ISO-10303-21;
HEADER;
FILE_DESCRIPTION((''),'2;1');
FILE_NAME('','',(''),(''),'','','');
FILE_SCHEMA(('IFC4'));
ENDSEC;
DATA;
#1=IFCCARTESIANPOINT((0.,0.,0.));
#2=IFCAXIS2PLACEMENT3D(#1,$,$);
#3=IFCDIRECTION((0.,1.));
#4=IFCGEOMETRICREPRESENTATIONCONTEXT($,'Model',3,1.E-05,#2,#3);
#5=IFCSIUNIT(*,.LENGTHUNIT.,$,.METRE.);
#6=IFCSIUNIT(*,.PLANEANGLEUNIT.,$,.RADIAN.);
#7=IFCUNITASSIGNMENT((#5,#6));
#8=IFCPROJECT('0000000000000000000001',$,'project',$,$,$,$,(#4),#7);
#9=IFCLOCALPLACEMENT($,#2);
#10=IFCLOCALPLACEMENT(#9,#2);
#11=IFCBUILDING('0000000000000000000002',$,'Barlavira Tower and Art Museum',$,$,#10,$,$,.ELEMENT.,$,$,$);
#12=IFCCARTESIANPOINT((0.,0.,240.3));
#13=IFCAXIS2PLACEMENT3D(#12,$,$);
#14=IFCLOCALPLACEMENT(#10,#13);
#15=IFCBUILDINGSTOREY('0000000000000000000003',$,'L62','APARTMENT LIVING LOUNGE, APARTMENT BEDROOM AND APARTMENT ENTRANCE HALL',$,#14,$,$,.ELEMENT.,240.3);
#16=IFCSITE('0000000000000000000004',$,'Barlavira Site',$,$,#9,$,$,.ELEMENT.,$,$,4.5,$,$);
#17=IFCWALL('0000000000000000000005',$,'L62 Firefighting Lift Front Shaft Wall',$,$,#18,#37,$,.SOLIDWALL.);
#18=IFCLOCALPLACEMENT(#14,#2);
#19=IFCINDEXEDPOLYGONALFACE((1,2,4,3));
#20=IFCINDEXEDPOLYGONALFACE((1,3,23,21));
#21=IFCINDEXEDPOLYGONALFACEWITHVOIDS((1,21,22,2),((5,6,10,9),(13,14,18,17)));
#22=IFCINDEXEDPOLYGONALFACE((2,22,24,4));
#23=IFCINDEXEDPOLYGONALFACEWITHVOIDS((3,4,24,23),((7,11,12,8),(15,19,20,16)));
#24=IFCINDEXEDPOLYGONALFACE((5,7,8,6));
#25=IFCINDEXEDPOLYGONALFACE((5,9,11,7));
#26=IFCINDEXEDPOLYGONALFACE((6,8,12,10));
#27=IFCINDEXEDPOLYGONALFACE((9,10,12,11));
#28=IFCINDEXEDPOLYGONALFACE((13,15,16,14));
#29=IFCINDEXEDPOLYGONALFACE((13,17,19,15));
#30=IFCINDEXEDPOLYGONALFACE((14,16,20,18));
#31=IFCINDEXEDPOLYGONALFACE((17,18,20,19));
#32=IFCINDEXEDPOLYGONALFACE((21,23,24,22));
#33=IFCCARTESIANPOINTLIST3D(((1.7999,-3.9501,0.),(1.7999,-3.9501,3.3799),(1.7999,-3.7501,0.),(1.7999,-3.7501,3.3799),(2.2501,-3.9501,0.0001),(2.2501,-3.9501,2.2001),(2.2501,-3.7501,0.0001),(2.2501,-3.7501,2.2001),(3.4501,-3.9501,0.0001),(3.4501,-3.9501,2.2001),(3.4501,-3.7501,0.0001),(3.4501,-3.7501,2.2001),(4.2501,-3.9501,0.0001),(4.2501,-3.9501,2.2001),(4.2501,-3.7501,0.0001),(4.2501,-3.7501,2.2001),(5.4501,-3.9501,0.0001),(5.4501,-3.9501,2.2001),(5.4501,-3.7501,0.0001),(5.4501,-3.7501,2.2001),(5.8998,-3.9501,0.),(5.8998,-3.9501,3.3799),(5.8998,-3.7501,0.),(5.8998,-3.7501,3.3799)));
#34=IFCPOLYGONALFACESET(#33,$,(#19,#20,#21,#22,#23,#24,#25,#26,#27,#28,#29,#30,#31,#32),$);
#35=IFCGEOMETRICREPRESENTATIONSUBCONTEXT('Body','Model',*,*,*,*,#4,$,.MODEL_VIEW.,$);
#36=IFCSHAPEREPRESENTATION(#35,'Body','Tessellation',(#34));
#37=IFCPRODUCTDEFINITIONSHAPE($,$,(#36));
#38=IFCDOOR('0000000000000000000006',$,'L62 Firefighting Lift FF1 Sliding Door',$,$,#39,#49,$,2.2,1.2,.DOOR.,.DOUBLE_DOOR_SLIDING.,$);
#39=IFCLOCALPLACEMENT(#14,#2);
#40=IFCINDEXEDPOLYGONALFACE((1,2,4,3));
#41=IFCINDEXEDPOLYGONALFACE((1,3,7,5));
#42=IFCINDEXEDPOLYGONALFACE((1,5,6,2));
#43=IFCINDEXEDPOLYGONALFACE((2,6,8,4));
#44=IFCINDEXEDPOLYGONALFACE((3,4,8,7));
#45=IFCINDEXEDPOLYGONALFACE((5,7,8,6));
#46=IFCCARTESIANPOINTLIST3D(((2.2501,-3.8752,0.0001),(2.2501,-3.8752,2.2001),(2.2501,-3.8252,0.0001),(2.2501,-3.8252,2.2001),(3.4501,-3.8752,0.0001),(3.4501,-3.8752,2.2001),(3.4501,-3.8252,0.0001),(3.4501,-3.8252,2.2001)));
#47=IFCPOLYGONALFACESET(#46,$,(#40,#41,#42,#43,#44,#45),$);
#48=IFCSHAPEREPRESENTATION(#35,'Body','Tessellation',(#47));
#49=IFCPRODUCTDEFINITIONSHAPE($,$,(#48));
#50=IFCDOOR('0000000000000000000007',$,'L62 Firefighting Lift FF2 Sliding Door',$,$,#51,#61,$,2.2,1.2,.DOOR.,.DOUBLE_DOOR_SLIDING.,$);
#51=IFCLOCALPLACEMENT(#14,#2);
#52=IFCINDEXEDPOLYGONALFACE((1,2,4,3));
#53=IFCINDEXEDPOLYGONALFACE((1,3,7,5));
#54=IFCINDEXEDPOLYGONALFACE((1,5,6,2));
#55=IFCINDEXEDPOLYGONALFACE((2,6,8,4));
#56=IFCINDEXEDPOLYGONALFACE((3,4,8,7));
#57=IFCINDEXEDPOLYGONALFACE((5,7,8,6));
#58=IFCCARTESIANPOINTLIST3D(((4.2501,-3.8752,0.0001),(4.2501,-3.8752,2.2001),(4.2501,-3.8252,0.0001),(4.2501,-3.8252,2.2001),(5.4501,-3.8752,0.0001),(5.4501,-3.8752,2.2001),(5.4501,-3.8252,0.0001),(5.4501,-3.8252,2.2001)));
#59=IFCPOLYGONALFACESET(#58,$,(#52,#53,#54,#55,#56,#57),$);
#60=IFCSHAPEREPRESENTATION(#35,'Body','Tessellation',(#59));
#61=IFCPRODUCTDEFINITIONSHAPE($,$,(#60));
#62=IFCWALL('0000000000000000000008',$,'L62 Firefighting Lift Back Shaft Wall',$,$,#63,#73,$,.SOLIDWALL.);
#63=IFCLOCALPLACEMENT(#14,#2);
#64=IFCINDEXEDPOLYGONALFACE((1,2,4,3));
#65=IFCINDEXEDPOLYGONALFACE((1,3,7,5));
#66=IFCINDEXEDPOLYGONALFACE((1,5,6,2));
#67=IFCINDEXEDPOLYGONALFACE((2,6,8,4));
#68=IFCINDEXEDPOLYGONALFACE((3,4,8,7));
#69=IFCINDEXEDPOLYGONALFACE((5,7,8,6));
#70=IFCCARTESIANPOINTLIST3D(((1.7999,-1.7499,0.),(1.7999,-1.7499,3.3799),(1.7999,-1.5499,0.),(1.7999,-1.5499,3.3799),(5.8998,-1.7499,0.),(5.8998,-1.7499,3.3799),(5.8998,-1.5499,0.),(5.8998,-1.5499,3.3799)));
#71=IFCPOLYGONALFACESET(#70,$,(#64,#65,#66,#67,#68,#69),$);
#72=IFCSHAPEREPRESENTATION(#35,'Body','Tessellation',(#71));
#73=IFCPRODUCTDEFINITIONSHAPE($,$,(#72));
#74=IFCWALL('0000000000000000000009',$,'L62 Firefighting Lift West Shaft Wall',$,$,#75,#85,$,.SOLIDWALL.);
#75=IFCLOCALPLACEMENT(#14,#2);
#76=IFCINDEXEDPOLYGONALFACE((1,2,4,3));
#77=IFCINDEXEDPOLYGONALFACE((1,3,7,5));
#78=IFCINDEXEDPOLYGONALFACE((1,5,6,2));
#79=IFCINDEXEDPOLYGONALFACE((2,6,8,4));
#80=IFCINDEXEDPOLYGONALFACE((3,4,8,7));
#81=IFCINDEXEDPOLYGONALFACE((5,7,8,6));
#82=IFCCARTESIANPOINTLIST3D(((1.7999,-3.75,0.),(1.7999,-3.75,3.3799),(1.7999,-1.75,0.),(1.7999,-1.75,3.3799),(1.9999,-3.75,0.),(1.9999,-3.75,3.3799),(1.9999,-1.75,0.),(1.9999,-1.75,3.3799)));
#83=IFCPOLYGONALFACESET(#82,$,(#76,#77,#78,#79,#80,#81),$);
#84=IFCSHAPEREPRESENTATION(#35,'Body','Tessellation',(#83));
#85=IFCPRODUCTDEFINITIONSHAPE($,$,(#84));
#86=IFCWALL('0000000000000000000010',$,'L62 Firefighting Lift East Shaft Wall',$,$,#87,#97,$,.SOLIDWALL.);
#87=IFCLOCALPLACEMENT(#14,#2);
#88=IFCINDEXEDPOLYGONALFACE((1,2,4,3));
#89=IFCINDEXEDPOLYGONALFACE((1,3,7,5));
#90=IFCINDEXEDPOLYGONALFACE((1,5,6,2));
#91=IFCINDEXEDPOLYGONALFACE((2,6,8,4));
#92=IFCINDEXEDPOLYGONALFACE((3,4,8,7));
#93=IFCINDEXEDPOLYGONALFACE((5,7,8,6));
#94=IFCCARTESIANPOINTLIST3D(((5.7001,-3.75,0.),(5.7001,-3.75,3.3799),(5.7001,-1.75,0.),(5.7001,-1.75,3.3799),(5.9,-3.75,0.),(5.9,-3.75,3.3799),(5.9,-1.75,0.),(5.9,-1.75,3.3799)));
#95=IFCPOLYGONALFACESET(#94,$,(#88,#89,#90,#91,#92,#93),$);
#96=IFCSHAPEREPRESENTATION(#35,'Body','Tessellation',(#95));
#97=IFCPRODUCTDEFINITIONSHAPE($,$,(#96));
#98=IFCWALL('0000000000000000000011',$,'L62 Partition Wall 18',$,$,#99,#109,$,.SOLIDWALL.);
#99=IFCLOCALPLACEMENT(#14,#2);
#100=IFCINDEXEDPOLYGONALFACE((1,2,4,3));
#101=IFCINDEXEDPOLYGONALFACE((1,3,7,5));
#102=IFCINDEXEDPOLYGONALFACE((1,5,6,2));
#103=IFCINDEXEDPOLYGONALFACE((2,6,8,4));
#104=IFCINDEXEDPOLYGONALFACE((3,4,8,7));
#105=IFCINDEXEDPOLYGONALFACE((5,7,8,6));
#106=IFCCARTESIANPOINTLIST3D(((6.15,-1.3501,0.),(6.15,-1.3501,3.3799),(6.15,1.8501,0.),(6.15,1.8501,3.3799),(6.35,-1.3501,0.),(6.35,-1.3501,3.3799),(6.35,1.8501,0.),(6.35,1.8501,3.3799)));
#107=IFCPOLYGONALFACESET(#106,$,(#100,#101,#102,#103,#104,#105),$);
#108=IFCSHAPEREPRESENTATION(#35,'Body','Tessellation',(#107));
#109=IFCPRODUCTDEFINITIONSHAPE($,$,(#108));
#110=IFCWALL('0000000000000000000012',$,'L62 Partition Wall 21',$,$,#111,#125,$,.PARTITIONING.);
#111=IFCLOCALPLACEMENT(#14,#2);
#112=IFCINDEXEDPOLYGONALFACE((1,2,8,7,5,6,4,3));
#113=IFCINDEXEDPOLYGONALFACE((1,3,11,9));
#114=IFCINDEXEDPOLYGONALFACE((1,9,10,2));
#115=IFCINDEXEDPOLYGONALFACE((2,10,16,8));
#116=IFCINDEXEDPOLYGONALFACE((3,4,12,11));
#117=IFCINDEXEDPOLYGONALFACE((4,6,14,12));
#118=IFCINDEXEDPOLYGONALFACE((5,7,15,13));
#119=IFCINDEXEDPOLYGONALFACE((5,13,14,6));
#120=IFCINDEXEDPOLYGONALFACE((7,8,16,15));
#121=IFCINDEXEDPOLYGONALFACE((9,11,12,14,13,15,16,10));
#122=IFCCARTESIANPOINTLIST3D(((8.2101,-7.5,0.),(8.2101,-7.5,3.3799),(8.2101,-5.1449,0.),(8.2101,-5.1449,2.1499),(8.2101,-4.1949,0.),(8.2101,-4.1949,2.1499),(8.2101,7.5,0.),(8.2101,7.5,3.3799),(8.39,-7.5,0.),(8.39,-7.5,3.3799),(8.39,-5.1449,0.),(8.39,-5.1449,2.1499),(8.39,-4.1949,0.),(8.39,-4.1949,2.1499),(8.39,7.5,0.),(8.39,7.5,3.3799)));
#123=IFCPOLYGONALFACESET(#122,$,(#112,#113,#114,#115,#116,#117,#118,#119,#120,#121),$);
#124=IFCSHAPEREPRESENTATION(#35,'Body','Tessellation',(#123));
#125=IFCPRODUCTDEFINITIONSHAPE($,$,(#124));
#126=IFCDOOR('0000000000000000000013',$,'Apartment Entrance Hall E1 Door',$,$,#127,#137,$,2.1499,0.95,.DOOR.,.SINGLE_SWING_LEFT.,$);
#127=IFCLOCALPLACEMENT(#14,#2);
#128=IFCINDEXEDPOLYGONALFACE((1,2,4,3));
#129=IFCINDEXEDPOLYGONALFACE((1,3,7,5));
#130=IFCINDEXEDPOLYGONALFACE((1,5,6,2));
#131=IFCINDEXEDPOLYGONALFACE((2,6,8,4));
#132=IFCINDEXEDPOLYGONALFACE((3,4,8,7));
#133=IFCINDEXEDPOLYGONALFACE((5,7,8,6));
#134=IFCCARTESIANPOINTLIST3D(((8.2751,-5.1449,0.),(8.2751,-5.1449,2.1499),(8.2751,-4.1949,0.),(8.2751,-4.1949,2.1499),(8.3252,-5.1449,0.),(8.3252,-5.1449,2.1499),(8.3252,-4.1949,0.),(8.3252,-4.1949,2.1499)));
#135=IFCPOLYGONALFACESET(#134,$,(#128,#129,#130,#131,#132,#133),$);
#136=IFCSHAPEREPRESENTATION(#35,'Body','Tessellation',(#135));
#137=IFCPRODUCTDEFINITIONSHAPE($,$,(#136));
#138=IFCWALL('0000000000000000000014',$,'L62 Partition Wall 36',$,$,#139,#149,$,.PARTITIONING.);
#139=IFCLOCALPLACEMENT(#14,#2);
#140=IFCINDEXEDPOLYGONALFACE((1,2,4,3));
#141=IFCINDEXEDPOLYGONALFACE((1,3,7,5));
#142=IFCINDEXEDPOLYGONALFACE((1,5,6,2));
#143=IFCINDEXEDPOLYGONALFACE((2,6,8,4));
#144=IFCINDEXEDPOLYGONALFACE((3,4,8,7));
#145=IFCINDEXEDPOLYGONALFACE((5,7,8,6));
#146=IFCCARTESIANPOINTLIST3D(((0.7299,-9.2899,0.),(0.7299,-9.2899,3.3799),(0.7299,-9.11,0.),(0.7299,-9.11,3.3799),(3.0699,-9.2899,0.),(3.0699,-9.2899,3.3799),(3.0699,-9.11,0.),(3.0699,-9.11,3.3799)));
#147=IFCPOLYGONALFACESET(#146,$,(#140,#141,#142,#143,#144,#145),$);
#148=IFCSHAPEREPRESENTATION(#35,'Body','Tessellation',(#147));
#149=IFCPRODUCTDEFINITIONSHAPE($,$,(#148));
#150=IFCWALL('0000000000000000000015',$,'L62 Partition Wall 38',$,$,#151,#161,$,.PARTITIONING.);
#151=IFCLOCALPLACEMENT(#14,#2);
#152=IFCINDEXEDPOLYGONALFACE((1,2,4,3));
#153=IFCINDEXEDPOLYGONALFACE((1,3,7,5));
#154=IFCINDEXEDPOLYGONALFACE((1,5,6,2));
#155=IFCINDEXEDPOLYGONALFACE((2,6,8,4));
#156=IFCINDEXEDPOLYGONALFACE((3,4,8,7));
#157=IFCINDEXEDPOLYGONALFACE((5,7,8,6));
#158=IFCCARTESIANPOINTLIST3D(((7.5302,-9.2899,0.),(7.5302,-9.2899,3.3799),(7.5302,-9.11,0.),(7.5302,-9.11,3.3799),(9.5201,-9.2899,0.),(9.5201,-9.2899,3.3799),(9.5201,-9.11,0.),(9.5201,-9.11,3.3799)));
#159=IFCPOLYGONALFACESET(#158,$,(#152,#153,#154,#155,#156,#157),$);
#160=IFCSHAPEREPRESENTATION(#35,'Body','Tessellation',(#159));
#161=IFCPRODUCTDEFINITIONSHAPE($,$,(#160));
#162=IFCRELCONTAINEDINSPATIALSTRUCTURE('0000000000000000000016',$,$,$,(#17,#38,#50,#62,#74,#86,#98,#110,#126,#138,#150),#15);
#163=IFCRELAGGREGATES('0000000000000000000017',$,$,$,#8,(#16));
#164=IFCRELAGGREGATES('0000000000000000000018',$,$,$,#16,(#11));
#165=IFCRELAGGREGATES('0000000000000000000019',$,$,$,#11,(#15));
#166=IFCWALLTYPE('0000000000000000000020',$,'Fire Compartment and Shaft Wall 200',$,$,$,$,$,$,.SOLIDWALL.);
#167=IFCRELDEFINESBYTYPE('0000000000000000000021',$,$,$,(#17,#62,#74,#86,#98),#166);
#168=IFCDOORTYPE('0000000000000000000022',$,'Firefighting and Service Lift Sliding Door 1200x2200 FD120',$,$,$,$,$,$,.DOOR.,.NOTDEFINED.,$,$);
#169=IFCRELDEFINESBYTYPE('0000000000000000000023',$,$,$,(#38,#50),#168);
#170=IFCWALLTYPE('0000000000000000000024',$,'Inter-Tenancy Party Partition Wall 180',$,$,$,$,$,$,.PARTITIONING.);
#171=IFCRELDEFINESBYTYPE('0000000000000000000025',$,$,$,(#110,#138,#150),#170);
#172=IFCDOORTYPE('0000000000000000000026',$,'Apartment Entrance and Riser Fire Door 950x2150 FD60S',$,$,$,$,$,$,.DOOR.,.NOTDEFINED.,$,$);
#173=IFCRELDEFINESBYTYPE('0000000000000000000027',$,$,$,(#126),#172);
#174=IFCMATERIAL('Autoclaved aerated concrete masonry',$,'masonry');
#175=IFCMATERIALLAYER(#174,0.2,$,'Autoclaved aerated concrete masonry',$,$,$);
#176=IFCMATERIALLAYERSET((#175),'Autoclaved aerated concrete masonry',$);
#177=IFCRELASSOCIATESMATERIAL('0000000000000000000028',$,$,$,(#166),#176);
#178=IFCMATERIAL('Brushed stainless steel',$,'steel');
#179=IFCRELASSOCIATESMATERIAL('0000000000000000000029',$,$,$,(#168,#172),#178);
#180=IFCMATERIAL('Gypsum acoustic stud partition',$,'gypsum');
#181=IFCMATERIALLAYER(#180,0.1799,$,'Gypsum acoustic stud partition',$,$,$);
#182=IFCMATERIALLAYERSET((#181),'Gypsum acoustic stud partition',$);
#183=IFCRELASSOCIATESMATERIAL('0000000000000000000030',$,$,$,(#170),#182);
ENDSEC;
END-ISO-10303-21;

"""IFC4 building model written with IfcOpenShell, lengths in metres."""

from ifc_helpers import new_model, si_unit, direction, frame, frame_2d, origin, place, context, subcontext, project, spatial, rectangle, extrude, material, layer, layer_set, type_object, element, fill, save


model = new_model("IFC4")

# Units and contexts
model_context = context("Model", 3, precision=1e-05, world=origin(), true_north=direction((0.0, 1.0)))
body_context = subcontext(model_context, "Body", "Model", "MODEL_VIEW")
ifc_project = project(units=[si_unit("LENGTHUNIT", "METRE"), si_unit("PLANEANGLEUNIT", "RADIAN")], contexts=[model_context])

# Site, building, storey
site_placement = place(None, origin())
site = spatial("IfcSite", under=ifc_project, at=site_placement, Name="Barlavira Site", CompositionType="ELEMENT", RefElevation=4.5)
building_placement = place(site_placement, origin())
building = spatial("IfcBuilding", under=site, at=building_placement, Name="Barlavira Tower and Art Museum", CompositionType="ELEMENT")
storey_placement = place(building_placement, frame((0.0, 0.0, 240.3)))
storey = spatial("IfcBuildingStorey", under=building, at=storey_placement, Name="L62", Description="APARTMENT LIVING LOUNGE, APARTMENT BEDROOM AND APARTMENT ENTRANCE HALL", CompositionType="ELEMENT", Elevation=240.3)

# Shared definitions
ifc_material_1 = material(Name="Brushed stainless steel", Category="steel")

# Wall, openings, doors
ifc_material_2 = material(Name="Autoclaved aerated concrete masonry", Category="masonry")
ifc_layer_1 = layer(ifc_material_2, 0.2, Name="Autoclaved aerated concrete masonry")
ifc_layer_set_1 = layer_set([ifc_layer_1], Name="Autoclaved aerated concrete masonry")
wall_type_1 = type_object("IfcWallType", Name="Fire Compartment and Shaft Wall 200", PredefinedType="SOLIDWALL", material=ifc_layer_set_1)
wall_1_placement = place(storey_placement, frame((1.8, -3.8501, 0.0), z_axis=(0.0, 0.0, 1.0), x_axis=(1.0, 0.0, 0.0)))
wall_1 = element("IfcWall", 1, at=wall_1_placement, inside=storey, type_object=wall_type_1, Name="L62 Firefighting Lift Front Shaft Wall", PredefinedType="SOLIDWALL", context=body_context, shape_type="SweptSolid", body=[
    extrude(rectangle(XDim=4.0999, YDim=0.2, at=frame_2d((2.0498, 0.0))), origin(), (0.0, 0.0, 1.0), 3.3799),
])
opening_1_placement = place(wall_1_placement, frame((0.45, 0.0, 0.0)))
opening_1 = element("IfcOpeningElement", 2, at=opening_1_placement, cuts=wall_1, PredefinedType="OPENING", context=body_context, shape_type="SweptSolid", body=[
    extrude(rectangle(XDim=1.2, YDim=2.2, at=frame_2d((0.6001, 1.1001))), frame((0.0, 0.1099, 0.0), z_axis=(0.0, -1.0, 0.0), x_axis=(1.0, 0.0, 0.0)), (0.0, 0.0, 1.0), 0.22),
])
opening_2_placement = place(wall_1_placement, frame((2.45, 0.0, 0.0)))
opening_2 = element("IfcOpeningElement", 3, at=opening_2_placement, cuts=wall_1, PredefinedType="OPENING", context=body_context, shape_type="SweptSolid", body=[
    extrude(rectangle(XDim=1.2, YDim=2.2, at=frame_2d((0.6001, 1.1001))), frame((0.0, 0.1099, 0.0), z_axis=(0.0, -1.0, 0.0), x_axis=(1.0, 0.0, 0.0)), (0.0, 0.0, 1.0), 0.22),
])
door_type_1 = type_object("IfcDoorType", Name="Firefighting and Service Lift Sliding Door 1200x2200 FD120", OperationType="NOTDEFINED", PredefinedType="DOOR", material=ifc_material_1)
door_1_placement = place(opening_1_placement, origin())
door_1 = element("IfcDoor", 4, at=door_1_placement, inside=storey, type_object=door_type_1, Name="L62 Firefighting Lift FF1 Sliding Door", OperationType="DOUBLE_DOOR_SLIDING", OverallHeight=2.2, OverallWidth=1.2, PredefinedType="DOOR", context=body_context, shape_type="SweptSolid", body=[
    extrude(rectangle(XDim=1.2, YDim=2.2, at=frame_2d((0.6001, 1.1001))), frame((0.0, 0.0249, 0.0), z_axis=(0.0, -1.0, 0.0), x_axis=(1.0, 0.0, 0.0)), (0.0, 0.0, 1.0), 0.05),
])
fill(opening_1, door_1)
door_2_placement = place(opening_2_placement, origin())
door_2 = element("IfcDoor", 5, at=door_2_placement, inside=storey, type_object=door_type_1, Name="L62 Firefighting Lift FF2 Sliding Door", OperationType="DOUBLE_DOOR_SLIDING", OverallHeight=2.2, OverallWidth=1.2, PredefinedType="DOOR", context=body_context, shape_type="SweptSolid", body=[
    extrude(rectangle(XDim=1.2, YDim=2.2, at=frame_2d((0.6001, 1.1001))), frame((0.0, 0.0249, 0.0), z_axis=(0.0, -1.0, 0.0), x_axis=(1.0, 0.0, 0.0)), (0.0, 0.0, 1.0), 0.05),
])
fill(opening_2, door_2)

# Walls
wall_2_placement = place(storey_placement, frame((1.8, -1.6499, 0.0), z_axis=(0.0, 0.0, 1.0), x_axis=(1.0, 0.0, 0.0)))
element("IfcWall", 6, at=wall_2_placement, inside=storey, type_object=wall_type_1, Name="L62 Firefighting Lift Back Shaft Wall", PredefinedType="SOLIDWALL", context=body_context, shape_type="SweptSolid", body=[
    extrude(rectangle(XDim=4.0999, YDim=0.2, at=frame_2d((2.0498, 0.0))), origin(), (0.0, 0.0, 1.0), 3.3799),
])
for number, where, z_axis, x_axis, name in (
    (7, (1.8999, -3.75, 0.0), (0.0, 0.0, 1.0), (0.0, 1.0, 0.0), "L62 Firefighting Lift West Shaft Wall"),
    (8, (5.8, -3.75, 0.0), (0.0, 0.0, 1.0), (0.0, 1.0, 0.0), "L62 Firefighting Lift East Shaft Wall"),
):
    element("IfcWall", number, at=place(storey_placement, frame(where, z_axis=z_axis, x_axis=x_axis)), inside=storey, type_object=wall_type_1, Name=name, PredefinedType="SOLIDWALL", context=body_context, shape_type="SweptSolid", body=[
        extrude(rectangle(XDim=2.0, YDim=0.2, at=frame_2d((1.0, 0.0))), origin(), (0.0, 0.0, 1.0), 3.3799),
    ])

# Shared definitions
door_type_2 = type_object("IfcDoorType", Name="Apartment Entrance and Riser Fire Door 950x2150 FD60S", OperationType="NOTDEFINED", PredefinedType="DOOR", material=ifc_material_1)

# Wall
wall_3_placement = place(storey_placement, frame((6.25, -1.3501, 0.0), z_axis=(0.0, 0.0, 1.0), x_axis=(0.0, 1.0, 0.0)))
element("IfcWall", 9, at=wall_3_placement, inside=storey, type_object=wall_type_1, Name="L62 Partition Wall 18", PredefinedType="SOLIDWALL", context=body_context, shape_type="SweptSolid", body=[
    extrude(rectangle(XDim=3.2002, YDim=0.2, at=frame_2d((1.6001, 0.0))), origin(), (0.0, 0.0, 1.0), 3.3799),
])

# Wall, opening, door
ifc_material_3 = material(Name="Gypsum acoustic stud partition", Category="gypsum")
ifc_layer_2 = layer(ifc_material_3, 0.1799, Name="Gypsum acoustic stud partition")
ifc_layer_set_2 = layer_set([ifc_layer_2], Name="Gypsum acoustic stud partition")
wall_type_2 = type_object("IfcWallType", Name="Inter-Tenancy Party Partition Wall 180", PredefinedType="PARTITIONING", material=ifc_layer_set_2)
wall_4_placement = place(storey_placement, frame((8.3, -7.5, 0.0), z_axis=(0.0, 0.0, 1.0), x_axis=(0.0, 1.0, 0.0)))
wall_4 = element("IfcWall", 10, at=wall_4_placement, inside=storey, type_object=wall_type_2, Name="L62 Partition Wall 21", PredefinedType="PARTITIONING", context=body_context, shape_type="SweptSolid", body=[
    extrude(rectangle(XDim=15.0, YDim=0.1799, at=frame_2d((7.5, 0.0))), origin(), (0.0, 0.0, 1.0), 3.3799),
])
opening_3_placement = place(wall_4_placement, frame((2.355, 0.0, 0.0)))
opening_3 = element("IfcOpeningElement", 11, at=opening_3_placement, cuts=wall_4, PredefinedType="OPENING", context=body_context, shape_type="SweptSolid", body=[
    extrude(rectangle(XDim=0.95, YDim=2.1499, at=frame_2d((0.4751, 1.075))), frame((0.0, 0.1001, 0.0), z_axis=(0.0, -1.0, 0.0), x_axis=(1.0, 0.0, 0.0)), (0.0, 0.0, 1.0), 0.2),
])
door_3_placement = place(opening_3_placement, origin())
door_3 = element("IfcDoor", 12, at=door_3_placement, inside=storey, type_object=door_type_2, Name="Apartment Entrance Hall E1 Door", OperationType="SINGLE_SWING_LEFT", OverallHeight=2.1499, OverallWidth=0.95, PredefinedType="DOOR", context=body_context, shape_type="SweptSolid", body=[
    extrude(rectangle(XDim=0.95, YDim=2.1499, at=frame_2d((0.4751, 1.075))), frame((0.0, 0.0249, 0.0), z_axis=(0.0, -1.0, 0.0), x_axis=(1.0, 0.0, 0.0)), (0.0, 0.0, 1.0), 0.05),
])
fill(opening_3, door_3)

# Wall
wall_5_placement = place(storey_placement, frame((0.73, -9.2, 0.0), z_axis=(0.0, 0.0, 1.0), x_axis=(1.0, 0.0, 0.0)))
element("IfcWall", 13, at=wall_5_placement, inside=storey, type_object=wall_type_2, Name="L62 Partition Wall 36", PredefinedType="PARTITIONING", context=body_context, shape_type="SweptSolid", body=[
    extrude(rectangle(XDim=2.3401, YDim=0.1799, at=frame_2d((1.1699, 0.0))), origin(), (0.0, 0.0, 1.0), 3.3799),
])

# Wall
wall_6_placement = place(storey_placement, frame((7.53, -9.2, 0.0), z_axis=(0.0, 0.0, 1.0), x_axis=(1.0, 0.0, 0.0)))
element("IfcWall", 14, at=wall_6_placement, inside=storey, type_object=wall_type_2, Name="L62 Partition Wall 38", PredefinedType="PARTITIONING", context=body_context, shape_type="SweptSolid", body=[
    extrude(rectangle(XDim=1.99, YDim=0.1799, at=frame_2d((0.9951, 0.0))), origin(), (0.0, 0.0, 1.0), 3.3799),
])

save(model, "model.ifc")
